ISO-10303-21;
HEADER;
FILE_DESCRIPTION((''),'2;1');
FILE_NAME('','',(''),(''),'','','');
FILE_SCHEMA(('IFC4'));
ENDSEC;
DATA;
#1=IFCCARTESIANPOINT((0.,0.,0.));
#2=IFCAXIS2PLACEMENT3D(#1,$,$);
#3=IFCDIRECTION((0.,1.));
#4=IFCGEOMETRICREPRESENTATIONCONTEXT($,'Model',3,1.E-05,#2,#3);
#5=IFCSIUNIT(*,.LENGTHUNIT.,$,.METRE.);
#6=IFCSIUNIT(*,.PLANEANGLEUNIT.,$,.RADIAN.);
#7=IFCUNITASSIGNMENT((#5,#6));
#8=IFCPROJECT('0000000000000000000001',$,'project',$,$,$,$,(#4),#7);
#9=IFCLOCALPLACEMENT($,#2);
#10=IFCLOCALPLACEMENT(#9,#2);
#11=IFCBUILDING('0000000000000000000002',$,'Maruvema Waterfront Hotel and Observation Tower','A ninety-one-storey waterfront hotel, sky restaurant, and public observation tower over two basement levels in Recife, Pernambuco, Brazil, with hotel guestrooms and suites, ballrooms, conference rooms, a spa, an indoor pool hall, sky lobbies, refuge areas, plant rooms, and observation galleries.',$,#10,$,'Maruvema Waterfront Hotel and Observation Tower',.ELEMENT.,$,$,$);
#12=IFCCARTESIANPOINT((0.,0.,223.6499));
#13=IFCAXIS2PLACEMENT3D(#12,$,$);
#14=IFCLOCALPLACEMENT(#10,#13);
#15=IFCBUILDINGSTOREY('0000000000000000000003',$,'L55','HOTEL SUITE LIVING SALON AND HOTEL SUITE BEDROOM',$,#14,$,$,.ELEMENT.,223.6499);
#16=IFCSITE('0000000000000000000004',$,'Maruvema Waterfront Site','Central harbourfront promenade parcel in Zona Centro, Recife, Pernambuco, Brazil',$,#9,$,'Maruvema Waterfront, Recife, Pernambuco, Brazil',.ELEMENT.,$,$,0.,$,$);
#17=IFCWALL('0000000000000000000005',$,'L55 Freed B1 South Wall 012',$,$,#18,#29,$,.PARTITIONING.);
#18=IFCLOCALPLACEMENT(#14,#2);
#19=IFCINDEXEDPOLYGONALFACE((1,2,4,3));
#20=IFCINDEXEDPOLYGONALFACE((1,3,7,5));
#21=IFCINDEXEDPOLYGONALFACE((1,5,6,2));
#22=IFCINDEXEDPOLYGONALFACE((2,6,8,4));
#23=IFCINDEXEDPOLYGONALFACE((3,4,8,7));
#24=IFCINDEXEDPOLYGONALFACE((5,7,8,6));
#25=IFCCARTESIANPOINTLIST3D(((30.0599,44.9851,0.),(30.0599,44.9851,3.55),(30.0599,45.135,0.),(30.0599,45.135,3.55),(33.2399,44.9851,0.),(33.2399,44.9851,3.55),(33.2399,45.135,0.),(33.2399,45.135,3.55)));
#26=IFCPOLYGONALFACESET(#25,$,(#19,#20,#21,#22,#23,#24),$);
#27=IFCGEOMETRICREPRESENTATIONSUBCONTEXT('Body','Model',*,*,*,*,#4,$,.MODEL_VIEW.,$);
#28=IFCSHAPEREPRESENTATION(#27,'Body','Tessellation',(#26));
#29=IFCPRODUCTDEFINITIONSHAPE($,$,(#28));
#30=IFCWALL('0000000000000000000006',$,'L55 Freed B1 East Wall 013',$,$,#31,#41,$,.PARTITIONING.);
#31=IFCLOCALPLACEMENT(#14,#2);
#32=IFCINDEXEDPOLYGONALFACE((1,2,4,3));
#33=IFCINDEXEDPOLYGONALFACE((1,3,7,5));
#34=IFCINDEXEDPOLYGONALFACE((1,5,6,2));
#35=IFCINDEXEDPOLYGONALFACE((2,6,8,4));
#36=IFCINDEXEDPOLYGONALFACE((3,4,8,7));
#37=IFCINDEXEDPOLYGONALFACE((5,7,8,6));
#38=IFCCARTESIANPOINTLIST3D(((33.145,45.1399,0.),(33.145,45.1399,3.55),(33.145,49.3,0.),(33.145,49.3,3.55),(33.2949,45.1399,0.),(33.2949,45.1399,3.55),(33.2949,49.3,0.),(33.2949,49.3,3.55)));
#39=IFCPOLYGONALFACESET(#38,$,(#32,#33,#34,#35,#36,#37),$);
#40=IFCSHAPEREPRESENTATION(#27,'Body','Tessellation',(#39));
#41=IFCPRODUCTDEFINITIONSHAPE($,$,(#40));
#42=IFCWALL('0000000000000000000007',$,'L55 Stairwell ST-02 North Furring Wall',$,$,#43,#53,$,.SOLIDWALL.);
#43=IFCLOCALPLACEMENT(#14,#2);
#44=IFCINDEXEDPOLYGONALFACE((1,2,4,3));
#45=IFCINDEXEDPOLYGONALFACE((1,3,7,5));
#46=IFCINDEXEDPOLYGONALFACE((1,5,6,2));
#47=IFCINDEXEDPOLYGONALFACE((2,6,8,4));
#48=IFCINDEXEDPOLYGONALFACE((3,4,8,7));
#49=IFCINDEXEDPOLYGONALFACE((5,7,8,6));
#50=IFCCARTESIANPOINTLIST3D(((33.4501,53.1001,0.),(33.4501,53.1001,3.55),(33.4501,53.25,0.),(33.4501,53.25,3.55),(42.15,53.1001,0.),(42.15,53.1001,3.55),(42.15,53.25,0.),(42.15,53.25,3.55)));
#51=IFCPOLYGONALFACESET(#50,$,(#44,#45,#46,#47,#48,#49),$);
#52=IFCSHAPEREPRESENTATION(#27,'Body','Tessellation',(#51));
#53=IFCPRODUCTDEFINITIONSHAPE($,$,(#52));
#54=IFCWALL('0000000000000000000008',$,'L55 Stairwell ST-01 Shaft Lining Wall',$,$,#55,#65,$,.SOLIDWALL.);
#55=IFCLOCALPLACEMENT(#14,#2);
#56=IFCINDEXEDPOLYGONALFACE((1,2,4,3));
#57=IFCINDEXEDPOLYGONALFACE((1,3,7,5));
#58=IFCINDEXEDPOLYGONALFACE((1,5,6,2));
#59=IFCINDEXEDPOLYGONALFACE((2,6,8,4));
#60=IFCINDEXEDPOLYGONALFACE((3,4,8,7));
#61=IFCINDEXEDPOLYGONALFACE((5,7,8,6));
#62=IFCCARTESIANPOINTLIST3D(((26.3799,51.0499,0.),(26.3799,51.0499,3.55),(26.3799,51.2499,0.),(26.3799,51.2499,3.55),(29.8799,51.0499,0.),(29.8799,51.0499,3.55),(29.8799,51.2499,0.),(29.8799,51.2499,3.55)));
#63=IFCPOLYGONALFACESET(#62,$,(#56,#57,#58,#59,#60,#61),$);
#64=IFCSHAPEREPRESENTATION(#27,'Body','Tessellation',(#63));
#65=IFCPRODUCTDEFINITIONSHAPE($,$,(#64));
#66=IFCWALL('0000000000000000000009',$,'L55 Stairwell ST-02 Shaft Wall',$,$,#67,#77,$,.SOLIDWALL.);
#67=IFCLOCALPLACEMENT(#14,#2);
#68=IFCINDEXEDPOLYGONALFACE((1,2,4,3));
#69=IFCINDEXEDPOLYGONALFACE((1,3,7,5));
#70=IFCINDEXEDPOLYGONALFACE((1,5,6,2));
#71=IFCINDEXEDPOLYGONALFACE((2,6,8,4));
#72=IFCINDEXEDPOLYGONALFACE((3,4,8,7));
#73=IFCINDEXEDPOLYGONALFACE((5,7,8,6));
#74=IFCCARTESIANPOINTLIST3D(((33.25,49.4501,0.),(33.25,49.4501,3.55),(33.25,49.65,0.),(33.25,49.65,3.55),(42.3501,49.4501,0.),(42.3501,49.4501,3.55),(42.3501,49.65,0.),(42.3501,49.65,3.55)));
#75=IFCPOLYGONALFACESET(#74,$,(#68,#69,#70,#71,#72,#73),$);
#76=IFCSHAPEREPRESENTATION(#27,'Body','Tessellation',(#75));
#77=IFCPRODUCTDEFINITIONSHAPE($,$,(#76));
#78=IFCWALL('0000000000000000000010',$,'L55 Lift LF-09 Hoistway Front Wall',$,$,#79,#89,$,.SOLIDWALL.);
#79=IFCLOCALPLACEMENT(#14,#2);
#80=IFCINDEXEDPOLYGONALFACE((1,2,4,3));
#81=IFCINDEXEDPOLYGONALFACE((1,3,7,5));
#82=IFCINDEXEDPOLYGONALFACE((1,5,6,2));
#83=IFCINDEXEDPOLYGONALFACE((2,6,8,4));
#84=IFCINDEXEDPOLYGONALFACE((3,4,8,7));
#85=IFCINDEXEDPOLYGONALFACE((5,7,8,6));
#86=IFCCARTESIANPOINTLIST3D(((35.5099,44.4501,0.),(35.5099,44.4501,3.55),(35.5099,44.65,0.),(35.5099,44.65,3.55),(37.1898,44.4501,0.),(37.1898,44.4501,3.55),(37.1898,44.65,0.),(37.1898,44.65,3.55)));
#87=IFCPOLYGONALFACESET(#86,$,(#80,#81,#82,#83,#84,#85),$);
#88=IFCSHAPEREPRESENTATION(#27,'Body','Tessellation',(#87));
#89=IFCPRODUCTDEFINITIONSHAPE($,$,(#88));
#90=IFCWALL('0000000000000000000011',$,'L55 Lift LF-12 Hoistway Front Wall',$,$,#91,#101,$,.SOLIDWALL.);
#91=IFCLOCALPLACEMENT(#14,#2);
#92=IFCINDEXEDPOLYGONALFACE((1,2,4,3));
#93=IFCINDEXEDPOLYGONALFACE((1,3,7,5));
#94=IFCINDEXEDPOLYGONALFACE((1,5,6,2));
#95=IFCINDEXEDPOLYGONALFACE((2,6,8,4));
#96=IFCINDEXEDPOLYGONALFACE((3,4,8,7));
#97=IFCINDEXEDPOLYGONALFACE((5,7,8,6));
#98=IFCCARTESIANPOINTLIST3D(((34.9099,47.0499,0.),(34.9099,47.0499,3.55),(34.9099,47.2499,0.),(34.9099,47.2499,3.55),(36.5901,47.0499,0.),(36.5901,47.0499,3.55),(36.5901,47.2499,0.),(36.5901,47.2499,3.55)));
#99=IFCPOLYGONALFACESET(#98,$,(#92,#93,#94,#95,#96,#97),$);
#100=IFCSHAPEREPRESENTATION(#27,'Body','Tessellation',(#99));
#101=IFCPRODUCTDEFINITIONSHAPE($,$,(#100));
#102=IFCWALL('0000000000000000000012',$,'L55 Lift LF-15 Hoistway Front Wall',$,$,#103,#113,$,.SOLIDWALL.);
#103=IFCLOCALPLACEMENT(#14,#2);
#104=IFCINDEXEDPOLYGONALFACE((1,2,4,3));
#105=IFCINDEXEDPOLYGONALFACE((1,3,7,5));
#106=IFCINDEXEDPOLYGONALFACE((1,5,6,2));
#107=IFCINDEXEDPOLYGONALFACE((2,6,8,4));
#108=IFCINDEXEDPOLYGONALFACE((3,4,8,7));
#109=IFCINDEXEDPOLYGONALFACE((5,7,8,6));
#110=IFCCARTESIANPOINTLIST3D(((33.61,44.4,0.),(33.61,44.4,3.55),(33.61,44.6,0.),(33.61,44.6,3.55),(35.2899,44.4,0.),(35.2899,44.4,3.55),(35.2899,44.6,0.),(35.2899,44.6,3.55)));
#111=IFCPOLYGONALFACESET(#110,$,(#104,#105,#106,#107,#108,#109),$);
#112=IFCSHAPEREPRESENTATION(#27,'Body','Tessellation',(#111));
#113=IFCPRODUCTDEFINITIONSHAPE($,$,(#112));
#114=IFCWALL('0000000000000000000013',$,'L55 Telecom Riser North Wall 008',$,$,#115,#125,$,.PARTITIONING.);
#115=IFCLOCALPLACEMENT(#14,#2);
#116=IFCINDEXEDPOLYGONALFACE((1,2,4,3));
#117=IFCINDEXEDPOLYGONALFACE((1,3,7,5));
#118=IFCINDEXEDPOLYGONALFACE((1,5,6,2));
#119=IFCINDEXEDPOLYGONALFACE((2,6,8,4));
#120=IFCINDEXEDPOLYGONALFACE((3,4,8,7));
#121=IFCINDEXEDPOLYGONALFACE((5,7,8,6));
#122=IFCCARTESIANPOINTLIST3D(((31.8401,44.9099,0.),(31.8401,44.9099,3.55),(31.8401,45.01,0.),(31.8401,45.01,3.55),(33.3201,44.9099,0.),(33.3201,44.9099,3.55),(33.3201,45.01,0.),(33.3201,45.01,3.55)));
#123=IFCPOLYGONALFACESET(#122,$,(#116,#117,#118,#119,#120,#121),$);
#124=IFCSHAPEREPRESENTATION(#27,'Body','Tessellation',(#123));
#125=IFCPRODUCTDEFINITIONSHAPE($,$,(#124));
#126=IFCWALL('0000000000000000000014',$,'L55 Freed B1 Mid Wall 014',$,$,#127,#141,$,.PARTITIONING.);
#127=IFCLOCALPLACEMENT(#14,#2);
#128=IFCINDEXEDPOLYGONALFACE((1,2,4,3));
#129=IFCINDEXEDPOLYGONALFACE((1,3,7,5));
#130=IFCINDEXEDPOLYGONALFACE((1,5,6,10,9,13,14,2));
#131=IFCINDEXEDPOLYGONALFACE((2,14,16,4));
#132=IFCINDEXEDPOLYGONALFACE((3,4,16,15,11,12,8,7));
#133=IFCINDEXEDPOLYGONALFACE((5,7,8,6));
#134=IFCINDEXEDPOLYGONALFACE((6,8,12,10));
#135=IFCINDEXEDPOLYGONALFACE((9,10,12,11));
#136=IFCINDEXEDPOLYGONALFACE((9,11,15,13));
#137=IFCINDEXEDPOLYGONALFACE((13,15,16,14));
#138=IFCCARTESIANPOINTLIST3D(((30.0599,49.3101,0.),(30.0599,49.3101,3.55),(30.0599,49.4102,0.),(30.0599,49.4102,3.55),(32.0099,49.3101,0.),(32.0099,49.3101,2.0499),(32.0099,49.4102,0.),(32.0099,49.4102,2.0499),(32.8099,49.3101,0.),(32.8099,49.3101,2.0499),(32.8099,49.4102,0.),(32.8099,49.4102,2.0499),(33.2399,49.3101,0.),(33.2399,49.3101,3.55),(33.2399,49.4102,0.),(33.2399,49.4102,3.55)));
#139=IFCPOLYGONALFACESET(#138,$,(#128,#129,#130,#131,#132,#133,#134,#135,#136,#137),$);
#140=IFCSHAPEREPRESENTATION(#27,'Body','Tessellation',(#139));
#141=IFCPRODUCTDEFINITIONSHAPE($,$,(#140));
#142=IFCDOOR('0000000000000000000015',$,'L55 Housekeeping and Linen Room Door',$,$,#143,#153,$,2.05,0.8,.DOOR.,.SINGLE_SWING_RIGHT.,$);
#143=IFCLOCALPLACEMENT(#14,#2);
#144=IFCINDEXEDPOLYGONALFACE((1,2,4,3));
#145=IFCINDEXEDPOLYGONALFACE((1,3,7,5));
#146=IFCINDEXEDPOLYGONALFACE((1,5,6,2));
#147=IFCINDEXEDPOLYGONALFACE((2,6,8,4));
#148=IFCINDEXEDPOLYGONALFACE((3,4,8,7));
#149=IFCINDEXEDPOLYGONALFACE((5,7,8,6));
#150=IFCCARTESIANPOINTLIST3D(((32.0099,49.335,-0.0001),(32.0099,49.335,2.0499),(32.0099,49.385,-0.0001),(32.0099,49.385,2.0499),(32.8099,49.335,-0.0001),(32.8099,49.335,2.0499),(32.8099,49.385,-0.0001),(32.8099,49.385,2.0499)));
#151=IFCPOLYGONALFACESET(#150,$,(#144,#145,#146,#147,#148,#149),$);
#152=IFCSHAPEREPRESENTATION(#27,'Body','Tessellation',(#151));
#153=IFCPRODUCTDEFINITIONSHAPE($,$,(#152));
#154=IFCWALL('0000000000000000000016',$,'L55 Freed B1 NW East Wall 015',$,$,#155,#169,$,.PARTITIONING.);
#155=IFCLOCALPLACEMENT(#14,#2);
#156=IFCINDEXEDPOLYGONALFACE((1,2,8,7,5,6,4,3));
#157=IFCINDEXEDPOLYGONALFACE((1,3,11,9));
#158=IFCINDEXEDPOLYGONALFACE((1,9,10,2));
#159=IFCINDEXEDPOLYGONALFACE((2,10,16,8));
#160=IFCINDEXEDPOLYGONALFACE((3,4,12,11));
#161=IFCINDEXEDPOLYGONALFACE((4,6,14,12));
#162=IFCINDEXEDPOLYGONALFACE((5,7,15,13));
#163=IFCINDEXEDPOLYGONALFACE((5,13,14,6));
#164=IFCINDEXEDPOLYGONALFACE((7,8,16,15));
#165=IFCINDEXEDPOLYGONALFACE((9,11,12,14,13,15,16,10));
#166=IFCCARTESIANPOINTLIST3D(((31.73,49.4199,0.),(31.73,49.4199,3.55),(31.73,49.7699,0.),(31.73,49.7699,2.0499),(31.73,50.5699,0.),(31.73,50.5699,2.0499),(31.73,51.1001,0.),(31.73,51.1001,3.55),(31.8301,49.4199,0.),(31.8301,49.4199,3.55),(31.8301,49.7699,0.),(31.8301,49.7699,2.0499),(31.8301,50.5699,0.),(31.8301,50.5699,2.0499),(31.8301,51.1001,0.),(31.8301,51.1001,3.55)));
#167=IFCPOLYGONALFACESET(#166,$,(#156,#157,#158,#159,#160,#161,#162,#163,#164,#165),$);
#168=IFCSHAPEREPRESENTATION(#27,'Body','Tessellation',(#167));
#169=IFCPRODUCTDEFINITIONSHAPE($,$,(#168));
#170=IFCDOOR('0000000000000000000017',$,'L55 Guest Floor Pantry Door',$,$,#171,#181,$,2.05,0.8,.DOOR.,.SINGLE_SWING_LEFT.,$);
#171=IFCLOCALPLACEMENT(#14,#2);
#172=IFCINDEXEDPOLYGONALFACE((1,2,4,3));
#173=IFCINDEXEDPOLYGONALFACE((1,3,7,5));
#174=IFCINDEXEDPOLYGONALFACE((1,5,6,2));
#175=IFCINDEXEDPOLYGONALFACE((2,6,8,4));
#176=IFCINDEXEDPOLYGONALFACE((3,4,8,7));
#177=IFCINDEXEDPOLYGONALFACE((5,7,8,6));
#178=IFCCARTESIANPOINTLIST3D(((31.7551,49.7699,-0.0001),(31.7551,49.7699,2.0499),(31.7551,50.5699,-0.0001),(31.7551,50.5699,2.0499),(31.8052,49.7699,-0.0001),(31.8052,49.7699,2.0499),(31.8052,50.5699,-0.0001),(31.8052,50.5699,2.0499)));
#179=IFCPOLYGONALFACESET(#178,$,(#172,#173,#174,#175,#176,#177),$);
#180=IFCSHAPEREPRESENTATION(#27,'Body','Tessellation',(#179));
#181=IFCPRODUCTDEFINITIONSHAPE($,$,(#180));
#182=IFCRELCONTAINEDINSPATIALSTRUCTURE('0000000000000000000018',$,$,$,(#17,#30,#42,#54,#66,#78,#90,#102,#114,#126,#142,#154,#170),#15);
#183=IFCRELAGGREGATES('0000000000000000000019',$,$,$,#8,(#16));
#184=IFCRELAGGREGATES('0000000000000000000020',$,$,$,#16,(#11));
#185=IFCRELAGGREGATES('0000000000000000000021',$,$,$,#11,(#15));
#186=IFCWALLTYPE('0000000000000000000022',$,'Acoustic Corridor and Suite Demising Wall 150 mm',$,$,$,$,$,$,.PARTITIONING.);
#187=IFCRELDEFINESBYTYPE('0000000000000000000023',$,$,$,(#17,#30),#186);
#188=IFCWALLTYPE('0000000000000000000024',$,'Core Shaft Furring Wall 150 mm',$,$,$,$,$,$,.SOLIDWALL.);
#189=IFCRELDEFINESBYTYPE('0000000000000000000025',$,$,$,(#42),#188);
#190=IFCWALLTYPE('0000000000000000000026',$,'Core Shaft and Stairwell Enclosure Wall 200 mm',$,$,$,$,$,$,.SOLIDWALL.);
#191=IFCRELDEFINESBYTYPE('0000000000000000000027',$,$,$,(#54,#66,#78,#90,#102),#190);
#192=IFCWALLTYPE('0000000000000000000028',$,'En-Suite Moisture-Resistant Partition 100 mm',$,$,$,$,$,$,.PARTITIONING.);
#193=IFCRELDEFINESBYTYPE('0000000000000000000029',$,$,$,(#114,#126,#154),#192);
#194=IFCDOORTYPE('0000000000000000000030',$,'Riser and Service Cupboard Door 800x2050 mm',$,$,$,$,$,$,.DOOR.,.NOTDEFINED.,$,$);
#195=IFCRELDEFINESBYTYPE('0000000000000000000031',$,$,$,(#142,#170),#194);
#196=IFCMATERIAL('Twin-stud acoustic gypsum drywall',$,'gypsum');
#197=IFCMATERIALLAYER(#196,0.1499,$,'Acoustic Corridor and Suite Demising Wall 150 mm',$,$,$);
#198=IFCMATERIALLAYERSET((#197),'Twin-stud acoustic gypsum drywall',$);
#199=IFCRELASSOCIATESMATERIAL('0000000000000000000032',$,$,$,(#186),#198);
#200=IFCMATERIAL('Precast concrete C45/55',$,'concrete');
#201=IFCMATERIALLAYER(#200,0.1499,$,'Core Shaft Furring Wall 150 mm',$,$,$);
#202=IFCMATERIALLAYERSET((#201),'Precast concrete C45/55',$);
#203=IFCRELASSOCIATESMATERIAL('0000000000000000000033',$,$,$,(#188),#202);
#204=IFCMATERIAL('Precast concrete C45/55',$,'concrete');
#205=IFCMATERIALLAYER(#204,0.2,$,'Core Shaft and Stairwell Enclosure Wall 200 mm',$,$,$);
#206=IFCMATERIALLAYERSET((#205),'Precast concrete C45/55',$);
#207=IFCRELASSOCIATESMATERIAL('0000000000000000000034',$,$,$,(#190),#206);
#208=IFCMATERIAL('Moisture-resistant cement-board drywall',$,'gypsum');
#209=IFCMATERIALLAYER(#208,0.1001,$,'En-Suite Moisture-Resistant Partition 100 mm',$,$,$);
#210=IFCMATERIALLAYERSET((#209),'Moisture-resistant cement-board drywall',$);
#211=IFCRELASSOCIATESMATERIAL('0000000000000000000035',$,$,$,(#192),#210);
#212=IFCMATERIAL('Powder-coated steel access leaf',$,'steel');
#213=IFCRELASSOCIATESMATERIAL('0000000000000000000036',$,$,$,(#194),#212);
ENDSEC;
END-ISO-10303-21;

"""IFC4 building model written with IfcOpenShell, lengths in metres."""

from ifc_helpers import new_model, si_unit, direction, frame, frame_2d, origin, place, context, subcontext, project, spatial, rectangle, extrude, material, layer, layer_set, type_object, element, fill, save


model = new_model("IFC4")

# Units and contexts
model_context = context("Model", 3, precision=1e-05, world=origin(), true_north=direction((0.0, 1.0)))
body_context = subcontext(model_context, "Body", "Model", "MODEL_VIEW")
ifc_project = project(units=[si_unit("LENGTHUNIT", "METRE"), si_unit("PLANEANGLEUNIT", "RADIAN")], contexts=[model_context])

# Site, building, storey
site_placement = place(None, origin())
site = spatial("IfcSite", under=ifc_project, at=site_placement, Name="Maruvema Waterfront Site", Description="Central harbourfront promenade parcel in Zona Centro, Recife, Pernambuco, Brazil", LongName="Maruvema Waterfront, Recife, Pernambuco, Brazil", CompositionType="ELEMENT", RefElevation=0.0)
building_placement = place(site_placement, origin())
building = spatial("IfcBuilding", under=site, at=building_placement, Name="Maruvema Waterfront Hotel and Observation Tower", Description="A ninety-one-storey waterfront hotel, sky restaurant, and public observation tower over two basement levels in Recife, Pernambuco, Brazil, with hotel guestrooms and suites, ballrooms, conference rooms, a spa, an indoor pool hall, sky lobbies, refuge areas, plant rooms, and observation galleries.", LongName="Maruvema Waterfront Hotel and Observation Tower", CompositionType="ELEMENT")
storey_placement = place(building_placement, frame((0.0, 0.0, 223.6499)))
storey = spatial("IfcBuildingStorey", under=building, at=storey_placement, Name="L55", Description="HOTEL SUITE LIVING SALON AND HOTEL SUITE BEDROOM", CompositionType="ELEMENT", Elevation=223.6499)

# Walls
ifc_material_1 = material(Name="Twin-stud acoustic gypsum drywall", Category="gypsum")
ifc_layer_1 = layer(ifc_material_1, 0.1499, Name="Acoustic Corridor and Suite Demising Wall 150 mm")
ifc_layer_set_1 = layer_set([ifc_layer_1], Name="Twin-stud acoustic gypsum drywall")
wall_type_1 = type_object("IfcWallType", Name="Acoustic Corridor and Suite Demising Wall 150 mm", PredefinedType="PARTITIONING", material=ifc_layer_set_1)
wall_1_placement = place(storey_placement, frame((30.0601, 45.0601, 0.0), z_axis=(0.0, 0.0, 1.0), x_axis=(1.0, 0.0, 0.0)))
element("IfcWall", 1, at=wall_1_placement, inside=storey, type_object=wall_type_1, Name="L55 Freed B1 South Wall 012", PredefinedType="PARTITIONING", context=body_context, shape_type="SweptSolid", body=[
    extrude(rectangle(XDim=3.1799, YDim=0.1499, at=frame_2d((1.5898, 0.0))), origin(), (0.0, 0.0, 1.0), 3.55),
])
wall_2_placement = place(storey_placement, frame((33.22, 45.1399, 0.0), z_axis=(0.0, 0.0, 1.0), x_axis=(0.0, 1.0, 0.0)))
element("IfcWall", 2, at=wall_2_placement, inside=storey, type_object=wall_type_1, Name="L55 Freed B1 East Wall 013", PredefinedType="PARTITIONING", context=body_context, shape_type="SweptSolid", body=[
    extrude(rectangle(XDim=4.1602, YDim=0.1499, at=frame_2d((2.0801, 0.0))), origin(), (0.0, 0.0, 1.0), 3.55),
])
ifc_material_2 = material(Name="Precast concrete C45/55", Category="concrete")
ifc_layer_2 = layer(ifc_material_2, 0.1499, Name="Core Shaft Furring Wall 150 mm")
ifc_layer_set_2 = layer_set([ifc_layer_2], Name="Precast concrete C45/55")
wall_type_2 = type_object("IfcWallType", Name="Core Shaft Furring Wall 150 mm", PredefinedType="SOLIDWALL", material=ifc_layer_set_2)
wall_3_placement = place(storey_placement, frame((33.45, 53.175, 0.0), z_axis=(0.0, 0.0, 1.0), x_axis=(1.0, 0.0, 0.0)))
element("IfcWall", 3, at=wall_3_placement, inside=storey, type_object=wall_type_2, Name="L55 Stairwell ST-02 North Furring Wall", PredefinedType="SOLIDWALL", context=body_context, shape_type="SweptSolid", body=[
    extrude(rectangle(XDim=8.7, YDim=0.1499, at=frame_2d((4.3501, 0.0))), origin(), (0.0, 0.0, 1.0), 3.55),
])
ifc_material_3 = material(Name="Precast concrete C45/55", Category="concrete")
ifc_layer_3 = layer(ifc_material_3, 0.2, Name="Core Shaft and Stairwell Enclosure Wall 200 mm")
ifc_layer_set_3 = layer_set([ifc_layer_3], Name="Precast concrete C45/55")
wall_type_3 = type_object("IfcWallType", Name="Core Shaft and Stairwell Enclosure Wall 200 mm", PredefinedType="SOLIDWALL", material=ifc_layer_set_3)
wall_4_placement = place(storey_placement, frame((26.3799, 51.1499, 0.0), z_axis=(0.0, 0.0, 1.0), x_axis=(1.0, 0.0, 0.0)))
element("IfcWall", 4, at=wall_4_placement, inside=storey, type_object=wall_type_3, Name="L55 Stairwell ST-01 Shaft Lining Wall", PredefinedType="SOLIDWALL", context=body_context, shape_type="SweptSolid", body=[
    extrude(rectangle(XDim=3.5, YDim=0.2, at=frame_2d((1.75, 0.0))), origin(), (0.0, 0.0, 1.0), 3.55),
])
wall_5_placement = place(storey_placement, frame((33.25, 49.55, 0.0), z_axis=(0.0, 0.0, 1.0), x_axis=(1.0, 0.0, 0.0)))
element("IfcWall", 5, at=wall_5_placement, inside=storey, type_object=wall_type_3, Name="L55 Stairwell ST-02 Shaft Wall", PredefinedType="SOLIDWALL", context=body_context, shape_type="SweptSolid", body=[
    extrude(rectangle(XDim=9.1001, YDim=0.2, at=frame_2d((4.55, 0.0))), origin(), (0.0, 0.0, 1.0), 3.55),
])

# Walls
wall_6_placement = place(storey_placement, frame((35.51, 44.55, 0.0), z_axis=(0.0, 0.0, 1.0), x_axis=(1.0, 0.0, 0.0)))
element("IfcWall", 6, at=wall_6_placement, inside=storey, type_object=wall_type_3, Name="L55 Lift LF-09 Hoistway Front Wall", PredefinedType="SOLIDWALL", context=body_context, shape_type="SweptSolid", body=[
    extrude(rectangle(XDim=1.6799, YDim=0.2, at=frame_2d((0.8398, 0.0))), origin(), (0.0, 0.0, 1.0), 3.55),
])
wall_7_placement = place(storey_placement, frame((34.9099, 47.1499, 0.0), z_axis=(0.0, 0.0, 1.0), x_axis=(1.0, 0.0, 0.0)))
element("IfcWall", 7, at=wall_7_placement, inside=storey, type_object=wall_type_3, Name="L55 Lift LF-12 Hoistway Front Wall", PredefinedType="SOLIDWALL", context=body_context, shape_type="SweptSolid", body=[
    extrude(rectangle(XDim=1.6802, YDim=0.2, at=frame_2d((0.8401, 0.0))), origin(), (0.0, 0.0, 1.0), 3.55),
])
wall_8_placement = place(storey_placement, frame((33.6101, 44.5, 0.0), z_axis=(0.0, 0.0, 1.0), x_axis=(1.0, 0.0, 0.0)))
element("IfcWall", 8, at=wall_8_placement, inside=storey, type_object=wall_type_3, Name="L55 Lift LF-15 Hoistway Front Wall", PredefinedType="SOLIDWALL", context=body_context, shape_type="SweptSolid", body=[
    extrude(rectangle(XDim=1.6799, YDim=0.2, at=frame_2d((0.8398, 0.0))), origin(), (0.0, 0.0, 1.0), 3.55),
])
ifc_material_4 = material(Name="Moisture-resistant cement-board drywall", Category="gypsum")
ifc_layer_4 = layer(ifc_material_4, 0.1001, Name="En-Suite Moisture-Resistant Partition 100 mm")
ifc_layer_set_4 = layer_set([ifc_layer_4], Name="Moisture-resistant cement-board drywall")
wall_type_4 = type_object("IfcWallType", Name="En-Suite Moisture-Resistant Partition 100 mm", PredefinedType="PARTITIONING", material=ifc_layer_set_4)
wall_9_placement = place(storey_placement, frame((31.8401, 44.96, 0.0), z_axis=(0.0, 0.0, 1.0), x_axis=(1.0, 0.0, 0.0)))
element("IfcWall", 9, at=wall_9_placement, inside=storey, type_object=wall_type_4, Name="L55 Telecom Riser North Wall 008", PredefinedType="PARTITIONING", context=body_context, shape_type="SweptSolid", body=[
    extrude(rectangle(XDim=1.48, YDim=0.1001, at=frame_2d((0.74, 0.0))), origin(), (0.0, 0.0, 1.0), 3.55),
])

# Walls, openings, doors
wall_10_placement = place(storey_placement, frame((30.0601, 49.3601, 0.0), z_axis=(0.0, 0.0, 1.0), x_axis=(1.0, 0.0, 0.0)))
wall_10 = element("IfcWall", 10, at=wall_10_placement, inside=storey, type_object=wall_type_4, Name="L55 Freed B1 Mid Wall 014", PredefinedType="PARTITIONING", context=body_context, shape_type="SweptSolid", body=[
    extrude(rectangle(XDim=3.1799, YDim=0.1001, at=frame_2d((1.5898, 0.0))), origin(), (0.0, 0.0, 1.0), 3.55),
])
opening_1_placement = place(wall_10_placement, frame((1.95, 0.0, 0.0)))
opening_1 = element("IfcOpeningElement", 11, at=opening_1_placement, cuts=wall_10, PredefinedType="OPENING", context=body_context, shape_type="SweptSolid", body=[
    extrude(rectangle(XDim=0.8, YDim=2.05, at=frame_2d((0.3999, 1.0249))), frame((0.0, 0.0601, 0.0), z_axis=(0.0, -1.0, 0.0), x_axis=(1.0, 0.0, 0.0)), (0.0, 0.0, 1.0), 0.1201),
])
ifc_material_5 = material(Name="Powder-coated steel access leaf", Category="steel")
door_type_1 = type_object("IfcDoorType", Name="Riser and Service Cupboard Door 800x2050 mm", OperationType="NOTDEFINED", PredefinedType="DOOR", material=ifc_material_5)
door_1_placement = place(opening_1_placement, origin())
door_1 = element("IfcDoor", 12, at=door_1_placement, inside=storey, type_object=door_type_1, Name="L55 Housekeeping and Linen Room Door", OperationType="SINGLE_SWING_RIGHT", OverallHeight=2.05, OverallWidth=0.8, PredefinedType="DOOR", context=body_context, shape_type="SweptSolid", body=[
    extrude(rectangle(XDim=0.8, YDim=2.05, at=frame_2d((0.3999, 1.0249))), frame((0.0, 0.0249, 0.0), z_axis=(0.0, -1.0, 0.0), x_axis=(1.0, 0.0, 0.0)), (0.0, 0.0, 1.0), 0.05),
])
fill(opening_1, door_1)
wall_11_placement = place(storey_placement, frame((31.78, 49.4199, 0.0), z_axis=(0.0, 0.0, 1.0), x_axis=(0.0, 1.0, 0.0)))
wall_11 = element("IfcWall", 13, at=wall_11_placement, inside=storey, type_object=wall_type_4, Name="L55 Freed B1 NW East Wall 015", PredefinedType="PARTITIONING", context=body_context, shape_type="SweptSolid", body=[
    extrude(rectangle(XDim=1.6802, YDim=0.1001, at=frame_2d((0.8401, 0.0))), origin(), (0.0, 0.0, 1.0), 3.55),
])
opening_2_placement = place(wall_11_placement, frame((0.3501, 0.0, 0.0)))
opening_2 = element("IfcOpeningElement", 14, at=opening_2_placement, cuts=wall_11, PredefinedType="OPENING", context=body_context, shape_type="SweptSolid", body=[
    extrude(rectangle(XDim=0.8, YDim=2.05, at=frame_2d((0.3999, 1.0249))), frame((0.0, 0.0601, 0.0), z_axis=(0.0, -1.0, 0.0), x_axis=(1.0, 0.0, 0.0)), (0.0, 0.0, 1.0), 0.1201),
])
door_2_placement = place(opening_2_placement, origin())
door_2 = element("IfcDoor", 15, at=door_2_placement, inside=storey, type_object=door_type_1, Name="L55 Guest Floor Pantry Door", OperationType="SINGLE_SWING_LEFT", OverallHeight=2.05, OverallWidth=0.8, PredefinedType="DOOR", context=body_context, shape_type="SweptSolid", body=[
    extrude(rectangle(XDim=0.8, YDim=2.05, at=frame_2d((0.3999, 1.0249))), frame((0.0, 0.0249, 0.0), z_axis=(0.0, -1.0, 0.0), x_axis=(1.0, 0.0, 0.0)), (0.0, 0.0, 1.0), 0.05),
])
fill(opening_2, door_2)

save(model, "model.ifc")
